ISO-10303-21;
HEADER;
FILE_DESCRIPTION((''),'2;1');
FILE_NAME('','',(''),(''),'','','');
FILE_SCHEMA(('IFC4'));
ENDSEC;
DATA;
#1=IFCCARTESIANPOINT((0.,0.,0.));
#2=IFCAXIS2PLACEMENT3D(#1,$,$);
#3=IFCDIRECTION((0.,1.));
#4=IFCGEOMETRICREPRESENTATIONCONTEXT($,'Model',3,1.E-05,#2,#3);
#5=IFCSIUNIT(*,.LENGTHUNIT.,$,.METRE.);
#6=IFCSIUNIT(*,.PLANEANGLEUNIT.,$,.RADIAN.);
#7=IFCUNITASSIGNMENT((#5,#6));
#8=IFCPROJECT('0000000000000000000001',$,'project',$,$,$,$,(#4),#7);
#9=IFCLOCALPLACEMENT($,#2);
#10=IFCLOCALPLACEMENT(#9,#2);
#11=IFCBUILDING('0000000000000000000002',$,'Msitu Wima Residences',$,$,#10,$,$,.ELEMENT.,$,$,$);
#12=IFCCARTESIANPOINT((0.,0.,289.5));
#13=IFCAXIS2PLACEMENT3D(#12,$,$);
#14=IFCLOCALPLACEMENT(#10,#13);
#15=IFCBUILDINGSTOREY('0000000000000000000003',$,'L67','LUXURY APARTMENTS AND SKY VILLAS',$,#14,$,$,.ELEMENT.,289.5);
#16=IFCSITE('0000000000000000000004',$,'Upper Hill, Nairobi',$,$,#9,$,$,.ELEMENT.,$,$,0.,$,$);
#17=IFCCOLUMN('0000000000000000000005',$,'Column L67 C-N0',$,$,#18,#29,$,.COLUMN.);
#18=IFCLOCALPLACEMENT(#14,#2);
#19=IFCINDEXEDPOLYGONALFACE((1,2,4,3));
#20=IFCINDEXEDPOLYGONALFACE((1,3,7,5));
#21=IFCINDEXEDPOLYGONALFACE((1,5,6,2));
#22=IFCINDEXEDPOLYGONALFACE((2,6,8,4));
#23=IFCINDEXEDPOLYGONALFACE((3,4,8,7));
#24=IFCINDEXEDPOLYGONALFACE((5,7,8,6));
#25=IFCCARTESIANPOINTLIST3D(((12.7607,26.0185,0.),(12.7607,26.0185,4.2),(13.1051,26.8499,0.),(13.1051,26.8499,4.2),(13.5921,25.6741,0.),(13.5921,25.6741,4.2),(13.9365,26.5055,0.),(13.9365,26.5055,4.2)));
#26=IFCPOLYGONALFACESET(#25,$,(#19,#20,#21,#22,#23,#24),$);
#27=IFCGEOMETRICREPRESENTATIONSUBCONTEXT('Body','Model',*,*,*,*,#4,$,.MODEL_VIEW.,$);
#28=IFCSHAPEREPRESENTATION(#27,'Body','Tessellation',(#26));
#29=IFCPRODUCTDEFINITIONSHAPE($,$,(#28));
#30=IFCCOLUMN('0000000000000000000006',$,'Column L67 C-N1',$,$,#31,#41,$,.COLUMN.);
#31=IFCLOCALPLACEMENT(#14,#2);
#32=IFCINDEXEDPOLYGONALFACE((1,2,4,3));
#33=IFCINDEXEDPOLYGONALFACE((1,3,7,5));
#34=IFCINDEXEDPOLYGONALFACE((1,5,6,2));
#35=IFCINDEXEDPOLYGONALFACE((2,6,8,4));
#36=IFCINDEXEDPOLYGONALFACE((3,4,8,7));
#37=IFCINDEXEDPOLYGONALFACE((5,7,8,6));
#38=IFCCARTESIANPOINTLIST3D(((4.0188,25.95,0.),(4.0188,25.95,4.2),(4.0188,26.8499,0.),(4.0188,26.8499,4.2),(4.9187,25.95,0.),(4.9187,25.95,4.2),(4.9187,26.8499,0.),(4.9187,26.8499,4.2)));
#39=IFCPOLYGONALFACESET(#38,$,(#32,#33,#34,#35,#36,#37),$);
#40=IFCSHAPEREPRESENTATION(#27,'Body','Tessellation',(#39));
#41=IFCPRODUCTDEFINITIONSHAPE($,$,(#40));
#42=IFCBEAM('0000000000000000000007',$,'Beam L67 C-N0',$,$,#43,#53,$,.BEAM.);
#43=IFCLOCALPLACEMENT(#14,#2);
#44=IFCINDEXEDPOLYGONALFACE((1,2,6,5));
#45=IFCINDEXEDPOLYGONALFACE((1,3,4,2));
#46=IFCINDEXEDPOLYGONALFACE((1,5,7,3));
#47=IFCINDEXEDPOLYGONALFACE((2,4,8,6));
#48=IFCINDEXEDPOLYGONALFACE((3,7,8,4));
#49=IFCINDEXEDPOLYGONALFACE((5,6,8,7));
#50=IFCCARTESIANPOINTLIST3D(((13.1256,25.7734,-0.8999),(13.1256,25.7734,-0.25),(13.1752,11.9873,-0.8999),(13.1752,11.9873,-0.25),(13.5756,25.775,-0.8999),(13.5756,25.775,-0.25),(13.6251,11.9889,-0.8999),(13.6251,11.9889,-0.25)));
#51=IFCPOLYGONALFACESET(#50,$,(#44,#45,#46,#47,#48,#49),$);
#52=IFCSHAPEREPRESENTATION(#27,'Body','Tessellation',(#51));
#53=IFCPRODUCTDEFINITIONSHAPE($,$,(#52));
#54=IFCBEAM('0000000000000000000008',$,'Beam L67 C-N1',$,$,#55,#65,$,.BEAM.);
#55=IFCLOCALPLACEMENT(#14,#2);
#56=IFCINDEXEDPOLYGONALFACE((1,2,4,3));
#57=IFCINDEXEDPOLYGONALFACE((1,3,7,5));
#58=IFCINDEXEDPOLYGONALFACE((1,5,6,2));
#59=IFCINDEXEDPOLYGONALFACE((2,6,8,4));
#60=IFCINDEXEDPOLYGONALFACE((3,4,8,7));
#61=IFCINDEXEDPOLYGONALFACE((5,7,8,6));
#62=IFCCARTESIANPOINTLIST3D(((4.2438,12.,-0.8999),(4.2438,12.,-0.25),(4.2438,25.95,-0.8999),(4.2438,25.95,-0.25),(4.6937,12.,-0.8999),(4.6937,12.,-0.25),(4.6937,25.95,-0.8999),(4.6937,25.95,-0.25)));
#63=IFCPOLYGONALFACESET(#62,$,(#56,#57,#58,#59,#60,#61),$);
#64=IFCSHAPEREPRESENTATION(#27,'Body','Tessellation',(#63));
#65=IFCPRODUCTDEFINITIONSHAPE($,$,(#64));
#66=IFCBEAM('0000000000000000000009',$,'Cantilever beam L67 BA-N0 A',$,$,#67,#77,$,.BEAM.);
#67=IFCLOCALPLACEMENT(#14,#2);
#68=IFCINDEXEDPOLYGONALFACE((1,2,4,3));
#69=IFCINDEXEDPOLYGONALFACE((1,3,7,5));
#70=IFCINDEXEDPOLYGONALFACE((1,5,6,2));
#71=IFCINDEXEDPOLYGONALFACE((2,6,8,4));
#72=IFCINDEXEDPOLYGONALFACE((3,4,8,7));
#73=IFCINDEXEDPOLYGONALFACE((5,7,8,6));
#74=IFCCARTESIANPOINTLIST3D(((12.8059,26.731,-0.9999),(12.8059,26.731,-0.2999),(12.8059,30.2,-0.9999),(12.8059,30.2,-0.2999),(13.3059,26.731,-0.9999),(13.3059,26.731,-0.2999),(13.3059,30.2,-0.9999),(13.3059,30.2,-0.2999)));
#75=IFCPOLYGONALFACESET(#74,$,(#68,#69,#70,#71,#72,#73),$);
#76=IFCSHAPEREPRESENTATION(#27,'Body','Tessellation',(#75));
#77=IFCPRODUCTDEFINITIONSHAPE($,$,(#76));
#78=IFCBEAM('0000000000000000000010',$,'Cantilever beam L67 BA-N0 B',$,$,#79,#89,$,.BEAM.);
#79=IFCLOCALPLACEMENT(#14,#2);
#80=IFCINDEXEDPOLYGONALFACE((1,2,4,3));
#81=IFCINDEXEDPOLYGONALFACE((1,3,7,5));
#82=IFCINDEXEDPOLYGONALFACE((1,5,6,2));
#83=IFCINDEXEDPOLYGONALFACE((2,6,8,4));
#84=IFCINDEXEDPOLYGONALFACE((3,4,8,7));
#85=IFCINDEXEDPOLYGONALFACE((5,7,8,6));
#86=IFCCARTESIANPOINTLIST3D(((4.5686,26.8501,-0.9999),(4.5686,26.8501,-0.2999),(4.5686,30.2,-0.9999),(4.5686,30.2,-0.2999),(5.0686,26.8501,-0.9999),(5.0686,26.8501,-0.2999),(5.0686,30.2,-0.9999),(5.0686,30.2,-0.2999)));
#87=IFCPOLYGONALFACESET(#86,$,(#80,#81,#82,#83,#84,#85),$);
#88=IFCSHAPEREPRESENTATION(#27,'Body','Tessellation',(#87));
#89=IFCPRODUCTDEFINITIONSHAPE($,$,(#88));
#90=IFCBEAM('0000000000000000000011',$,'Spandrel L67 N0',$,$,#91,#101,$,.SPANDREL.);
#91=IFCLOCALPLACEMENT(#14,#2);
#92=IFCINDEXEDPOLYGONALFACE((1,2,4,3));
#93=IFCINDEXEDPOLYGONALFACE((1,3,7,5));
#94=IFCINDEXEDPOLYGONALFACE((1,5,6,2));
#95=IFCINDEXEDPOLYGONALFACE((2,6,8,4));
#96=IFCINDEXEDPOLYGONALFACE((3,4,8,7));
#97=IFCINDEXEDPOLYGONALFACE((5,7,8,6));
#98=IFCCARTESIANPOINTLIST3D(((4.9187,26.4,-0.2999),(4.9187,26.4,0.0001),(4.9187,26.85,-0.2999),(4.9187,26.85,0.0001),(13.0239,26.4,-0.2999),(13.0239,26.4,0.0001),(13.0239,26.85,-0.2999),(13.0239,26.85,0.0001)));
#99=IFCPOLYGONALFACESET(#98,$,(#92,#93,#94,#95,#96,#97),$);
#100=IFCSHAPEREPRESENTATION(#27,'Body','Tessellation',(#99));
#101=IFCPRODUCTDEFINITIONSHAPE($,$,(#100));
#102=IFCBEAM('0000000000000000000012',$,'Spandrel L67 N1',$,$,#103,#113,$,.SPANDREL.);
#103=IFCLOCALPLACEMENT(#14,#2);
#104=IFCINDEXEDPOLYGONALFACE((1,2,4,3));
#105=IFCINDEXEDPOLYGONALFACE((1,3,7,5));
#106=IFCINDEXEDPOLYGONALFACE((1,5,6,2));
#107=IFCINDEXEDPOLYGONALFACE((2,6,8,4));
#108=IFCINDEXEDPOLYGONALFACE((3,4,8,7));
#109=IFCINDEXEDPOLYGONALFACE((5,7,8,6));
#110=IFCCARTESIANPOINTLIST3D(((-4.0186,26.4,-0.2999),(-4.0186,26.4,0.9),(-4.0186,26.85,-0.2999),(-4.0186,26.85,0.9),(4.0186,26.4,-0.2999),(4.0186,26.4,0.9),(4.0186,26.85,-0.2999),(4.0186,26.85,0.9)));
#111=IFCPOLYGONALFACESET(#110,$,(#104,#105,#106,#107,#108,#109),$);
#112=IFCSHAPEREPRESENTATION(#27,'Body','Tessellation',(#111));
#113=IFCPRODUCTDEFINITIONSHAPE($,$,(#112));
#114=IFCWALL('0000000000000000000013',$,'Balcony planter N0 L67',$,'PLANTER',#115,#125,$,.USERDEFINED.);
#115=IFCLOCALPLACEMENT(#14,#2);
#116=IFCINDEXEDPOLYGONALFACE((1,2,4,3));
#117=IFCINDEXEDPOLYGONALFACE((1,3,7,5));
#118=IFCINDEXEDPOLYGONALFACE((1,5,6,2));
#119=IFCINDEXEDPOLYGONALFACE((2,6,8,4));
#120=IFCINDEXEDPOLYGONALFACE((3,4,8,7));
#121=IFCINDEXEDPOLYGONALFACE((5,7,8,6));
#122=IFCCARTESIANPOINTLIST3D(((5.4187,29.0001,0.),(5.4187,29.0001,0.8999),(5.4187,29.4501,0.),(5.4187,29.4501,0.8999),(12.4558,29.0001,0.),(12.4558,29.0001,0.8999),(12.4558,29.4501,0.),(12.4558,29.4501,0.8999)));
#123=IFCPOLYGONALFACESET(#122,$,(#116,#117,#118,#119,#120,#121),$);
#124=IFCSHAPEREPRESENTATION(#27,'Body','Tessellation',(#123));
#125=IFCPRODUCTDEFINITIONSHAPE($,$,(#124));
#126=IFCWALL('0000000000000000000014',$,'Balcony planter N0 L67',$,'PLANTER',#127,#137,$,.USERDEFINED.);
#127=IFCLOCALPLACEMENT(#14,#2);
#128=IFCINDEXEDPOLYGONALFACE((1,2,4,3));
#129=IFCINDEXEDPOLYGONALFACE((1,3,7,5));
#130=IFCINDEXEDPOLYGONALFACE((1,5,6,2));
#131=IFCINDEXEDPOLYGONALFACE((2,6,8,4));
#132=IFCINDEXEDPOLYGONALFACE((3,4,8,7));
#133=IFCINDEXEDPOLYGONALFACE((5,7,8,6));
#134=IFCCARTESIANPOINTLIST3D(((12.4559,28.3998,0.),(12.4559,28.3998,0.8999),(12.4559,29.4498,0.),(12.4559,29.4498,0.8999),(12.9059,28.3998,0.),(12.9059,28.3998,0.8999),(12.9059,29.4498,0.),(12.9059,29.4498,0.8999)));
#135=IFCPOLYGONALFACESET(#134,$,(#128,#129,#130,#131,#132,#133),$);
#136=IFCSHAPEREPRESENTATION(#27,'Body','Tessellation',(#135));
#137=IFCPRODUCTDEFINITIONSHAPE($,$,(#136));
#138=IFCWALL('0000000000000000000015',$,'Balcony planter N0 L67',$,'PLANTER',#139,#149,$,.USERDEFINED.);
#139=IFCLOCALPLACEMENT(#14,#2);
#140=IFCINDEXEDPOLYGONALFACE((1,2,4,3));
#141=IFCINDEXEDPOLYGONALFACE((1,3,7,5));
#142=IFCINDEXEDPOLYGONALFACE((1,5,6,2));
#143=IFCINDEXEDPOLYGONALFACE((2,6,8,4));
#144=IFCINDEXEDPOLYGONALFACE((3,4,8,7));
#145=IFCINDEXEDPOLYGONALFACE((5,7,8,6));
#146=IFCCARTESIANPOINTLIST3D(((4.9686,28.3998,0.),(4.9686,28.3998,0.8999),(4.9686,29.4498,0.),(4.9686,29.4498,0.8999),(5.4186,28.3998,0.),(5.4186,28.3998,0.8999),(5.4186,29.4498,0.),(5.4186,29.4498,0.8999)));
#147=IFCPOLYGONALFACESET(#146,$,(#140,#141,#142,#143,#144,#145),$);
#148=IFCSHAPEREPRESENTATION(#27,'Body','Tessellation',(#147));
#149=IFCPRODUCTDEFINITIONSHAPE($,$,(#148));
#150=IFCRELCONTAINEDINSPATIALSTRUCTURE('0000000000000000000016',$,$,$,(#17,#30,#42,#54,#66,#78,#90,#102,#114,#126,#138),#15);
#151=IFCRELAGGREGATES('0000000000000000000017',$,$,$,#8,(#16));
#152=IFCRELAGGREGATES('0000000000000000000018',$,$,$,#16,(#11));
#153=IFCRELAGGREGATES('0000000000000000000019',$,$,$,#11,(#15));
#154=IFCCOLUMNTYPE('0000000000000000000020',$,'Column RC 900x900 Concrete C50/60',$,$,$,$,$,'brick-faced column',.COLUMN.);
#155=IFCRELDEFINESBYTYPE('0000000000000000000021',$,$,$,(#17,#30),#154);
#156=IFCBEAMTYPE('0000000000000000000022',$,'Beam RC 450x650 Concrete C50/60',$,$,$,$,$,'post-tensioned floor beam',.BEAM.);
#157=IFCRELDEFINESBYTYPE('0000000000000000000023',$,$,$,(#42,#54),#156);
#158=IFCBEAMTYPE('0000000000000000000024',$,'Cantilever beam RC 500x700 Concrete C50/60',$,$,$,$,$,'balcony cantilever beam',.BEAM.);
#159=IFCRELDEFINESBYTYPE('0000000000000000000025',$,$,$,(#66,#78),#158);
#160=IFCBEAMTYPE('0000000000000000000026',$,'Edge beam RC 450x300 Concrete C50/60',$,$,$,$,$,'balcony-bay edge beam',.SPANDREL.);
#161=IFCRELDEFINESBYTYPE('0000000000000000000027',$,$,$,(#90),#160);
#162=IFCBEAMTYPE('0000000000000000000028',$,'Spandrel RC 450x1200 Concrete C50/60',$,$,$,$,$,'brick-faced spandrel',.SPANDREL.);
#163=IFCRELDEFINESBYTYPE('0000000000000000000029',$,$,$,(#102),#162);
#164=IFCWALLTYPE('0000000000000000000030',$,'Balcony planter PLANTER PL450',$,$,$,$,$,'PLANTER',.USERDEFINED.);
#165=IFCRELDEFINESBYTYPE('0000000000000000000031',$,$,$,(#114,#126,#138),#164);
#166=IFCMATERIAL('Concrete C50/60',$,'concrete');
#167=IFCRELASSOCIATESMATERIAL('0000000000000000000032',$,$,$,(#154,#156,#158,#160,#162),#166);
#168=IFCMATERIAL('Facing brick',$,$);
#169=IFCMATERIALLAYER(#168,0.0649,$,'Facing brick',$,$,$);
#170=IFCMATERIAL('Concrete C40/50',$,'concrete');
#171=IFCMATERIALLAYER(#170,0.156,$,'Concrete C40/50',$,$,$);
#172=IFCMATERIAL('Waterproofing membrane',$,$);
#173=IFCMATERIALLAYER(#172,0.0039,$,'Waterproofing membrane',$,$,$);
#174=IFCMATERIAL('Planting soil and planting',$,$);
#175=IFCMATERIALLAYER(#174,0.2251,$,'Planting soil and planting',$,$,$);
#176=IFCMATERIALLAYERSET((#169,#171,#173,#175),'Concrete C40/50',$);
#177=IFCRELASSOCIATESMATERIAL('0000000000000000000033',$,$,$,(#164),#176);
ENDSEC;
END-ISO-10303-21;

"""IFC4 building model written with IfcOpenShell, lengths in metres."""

from ifc_helpers import new_model, si_unit, direction, frame, frame_2d, origin, origin_2d, place, context, subcontext, project, spatial, rectangle, extrude, material, layer, layer_set, material_profile, profile_set, type_object, element, save


model = new_model("IFC4")

# Units and contexts
model_context = context("Model", 3, precision=1e-05, world=origin(), true_north=direction((0.0, 1.0)))
body_context = subcontext(model_context, "Body", "Model", "MODEL_VIEW")
ifc_project = project(units=[si_unit("LENGTHUNIT", "METRE"), si_unit("PLANEANGLEUNIT", "RADIAN")], contexts=[model_context])

# Site, building, storey
site_placement = place(None, origin())
site = spatial("IfcSite", under=ifc_project, at=site_placement, Name="Upper Hill, Nairobi", CompositionType="ELEMENT", RefElevation=0.0)
building_placement = place(site_placement, origin())
building = spatial("IfcBuilding", under=site, at=building_placement, Name="Msitu Wima Residences", CompositionType="ELEMENT")
storey_placement = place(building_placement, frame((0.0, 0.0, 289.5)))
storey = spatial("IfcBuildingStorey", under=building, at=storey_placement, Name="L67", Description="LUXURY APARTMENTS AND SKY VILLAS", CompositionType="ELEMENT", Elevation=289.5)

# Columns
ifc_material_1 = material(Name="Concrete C50/60", Category="concrete")
ifc_material_profile_1 = material_profile(ifc_material_1, rectangle(XDim=0.8999, YDim=0.8999, at=origin_2d()), Name="RC 900x900")
ifc_profile_set_1 = profile_set([ifc_material_profile_1], Name="Concrete C50/60")
column_type = type_object("IfcColumnType", Name="Column RC 900x900 Concrete C50/60", ElementType="brick-faced column", PredefinedType="COLUMN", material=ifc_profile_set_1)
for number, where, z_axis, x_axis, name in (
    (1, (13.3486, 26.262, 0.0), (0.0, 0.0, 1.0), (-0.92388, 0.382683, 0.0), "Column L67 C-N0"),
    (2, (4.4688, 26.3999, 0.0), (0.0, 0.0, 1.0), (-1.0, 0.0, 0.0), "Column L67 C-N1"),
):
    element("IfcColumn", number, at=place(storey_placement, frame(where, z_axis=z_axis, x_axis=x_axis)), inside=storey, type_object=column_type, Name=name, PredefinedType="COLUMN", context=body_context, shape_type="SweptSolid", body=[
        extrude(rectangle(XDim=0.8999, YDim=0.8999, at=origin_2d()), origin(), (0.0, 0.0, 1.0), 4.2),
    ])

# Beams
ifc_material_profile_2 = material_profile(ifc_material_1, rectangle(XDim=0.45, YDim=0.6499, at=origin_2d()), Name="RC 450x650")
ifc_profile_set_2 = profile_set([ifc_material_profile_2], Name="Concrete C50/60")
beam_type_1 = type_object("IfcBeamType", Name="Beam RC 450x650 Concrete C50/60", ElementType="post-tensioned floor beam", PredefinedType="BEAM", material=ifc_profile_set_2)
beam_1_placement = place(storey_placement, frame((13.3506, 25.7742, -0.575), z_axis=(0.003595, -0.999994, 0.0), x_axis=(0.999994, 0.003595, 0.0)))
element("IfcBeam", 3, at=beam_1_placement, inside=storey, type_object=beam_type_1, Name="Beam L67 C-N0", PredefinedType="BEAM", context=body_context, shape_type="SweptSolid", body=[
    extrude(rectangle(XDim=0.45, YDim=0.6499, at=origin_2d()), origin(), (0.0, 0.0, 1.0), 13.7861),
])
beam_2_placement = place(storey_placement, frame((4.4688, 25.95, -0.575), z_axis=(0.0, -1.0, 0.0), x_axis=(1.0, 0.0, 0.0)))
element("IfcBeam", 4, at=beam_2_placement, inside=storey, type_object=beam_type_1, Name="Beam L67 C-N1", PredefinedType="BEAM", context=body_context, shape_type="SweptSolid", body=[
    extrude(rectangle(XDim=0.45, YDim=0.6499, at=origin_2d()), origin(), (0.0, 0.0, 1.0), 13.95),
])
ifc_material_profile_3 = material_profile(ifc_material_1, rectangle(XDim=0.5, YDim=0.7, at=origin_2d()), Name="RC 500x700")
ifc_profile_set_3 = profile_set([ifc_material_profile_3], Name="Concrete C50/60")
beam_type_2 = type_object("IfcBeamType", Name="Cantilever beam RC 500x700 Concrete C50/60", ElementType="balcony cantilever beam", PredefinedType="BEAM", material=ifc_profile_set_3)
beam_3_placement = place(storey_placement, frame((13.0559, 26.731, -0.6499), z_axis=(0.0, 1.0, 0.0), x_axis=(-1.0, 0.0, 0.0)))
element("IfcBeam", 5, at=beam_3_placement, inside=storey, type_object=beam_type_2, Name="Cantilever beam L67 BA-N0 A", PredefinedType="BEAM", context=body_context, shape_type="SweptSolid", body=[
    extrude(rectangle(XDim=0.5, YDim=0.7, at=origin_2d()), origin(), (0.0, 0.0, 1.0), 3.469),
])
beam_4_placement = place(storey_placement, frame((4.8186, 26.8501, -0.6499), z_axis=(0.0, 1.0, 0.0), x_axis=(-1.0, 0.0, 0.0)))
element("IfcBeam", 6, at=beam_4_placement, inside=storey, type_object=beam_type_2, Name="Cantilever beam L67 BA-N0 B", PredefinedType="BEAM", context=body_context, shape_type="SweptSolid", body=[
    extrude(rectangle(XDim=0.5, YDim=0.7, at=origin_2d()), origin(), (0.0, 0.0, 1.0), 3.3499),
])
ifc_material_profile_4 = material_profile(ifc_material_1, rectangle(XDim=0.45, YDim=0.3, at=origin_2d()), Name="RC 450x300")
ifc_profile_set_4 = profile_set([ifc_material_profile_4], Name="Concrete C50/60")
beam_type_3 = type_object("IfcBeamType", Name="Edge beam RC 450x300 Concrete C50/60", ElementType="balcony-bay edge beam", PredefinedType="SPANDREL", material=ifc_profile_set_4)
beam_5_placement = place(storey_placement, frame((13.0239, 26.625, -0.1499), z_axis=(-1.0, 0.0, 0.0), x_axis=(0.0, -1.0, 0.0)))
element("IfcBeam", 7, at=beam_5_placement, inside=storey, type_object=beam_type_3, Name="Spandrel L67 N0", PredefinedType="SPANDREL", context=body_context, shape_type="SweptSolid", body=[
    extrude(rectangle(XDim=0.45, YDim=0.3, at=origin_2d()), origin(), (0.0, 0.0, 1.0), 8.1052),
])
ifc_material_profile_5 = material_profile(ifc_material_1, rectangle(XDim=0.45, YDim=1.2, at=origin_2d()), Name="RC 450x1200")
ifc_profile_set_5 = profile_set([ifc_material_profile_5], Name="Concrete C50/60")
beam_type_4 = type_object("IfcBeamType", Name="Spandrel RC 450x1200 Concrete C50/60", ElementType="brick-faced spandrel", PredefinedType="SPANDREL", material=ifc_profile_set_5)
beam_6_placement = place(storey_placement, frame((4.0186, 26.625, 0.3), z_axis=(-1.0, 0.0, 0.0), x_axis=(0.0, -1.0, 0.0)))
element("IfcBeam", 8, at=beam_6_placement, inside=storey, type_object=beam_type_4, Name="Spandrel L67 N1", PredefinedType="SPANDREL", context=body_context, shape_type="SweptSolid", body=[
    extrude(rectangle(XDim=0.45, YDim=1.2, at=origin_2d()), origin(), (0.0, 0.0, 1.0), 8.0371),
])

# Walls
ifc_material_2 = material(Name="Facing brick")
ifc_layer_1 = layer(ifc_material_2, 0.0649, Name="Facing brick")
ifc_material_3 = material(Name="Concrete C40/50", Category="concrete")
ifc_layer_2 = layer(ifc_material_3, 0.156, Name="Concrete C40/50")
ifc_material_4 = material(Name="Waterproofing membrane")
ifc_layer_3 = layer(ifc_material_4, 0.0039, Name="Waterproofing membrane")
ifc_material_5 = material(Name="Planting soil and planting")
ifc_layer_4 = layer(ifc_material_5, 0.2251, Name="Planting soil and planting")
ifc_layer_set_1 = layer_set([ifc_layer_1, ifc_layer_2, ifc_layer_3, ifc_layer_4], Name="Concrete C40/50")
wall_type_1 = type_object("IfcWallType", Name="Balcony planter PLANTER PL450", ElementType="PLANTER", PredefinedType="USERDEFINED", material=ifc_layer_set_1)
wall_1_placement = place(storey_placement, frame((12.4558, 29.2251, 0.0), z_axis=(0.0, 0.0, 1.0), x_axis=(-1.0, 0.0, 0.0)))
element("IfcWall", 9, at=wall_1_placement, inside=storey, type_object=wall_type_1, Name="Balcony planter N0 L67", ObjectType="PLANTER", PredefinedType="USERDEFINED", context=body_context, shape_type="SweptSolid", body=[
    extrude(rectangle(XDim=7.0371, YDim=0.45, at=frame_2d((3.5186, 0.0))), origin(), (0.0, 0.0, 1.0), 0.8999),
])
for number, where, z_axis, x_axis, name in (
    (10, (12.6809, 28.3999, 0.0), (0.0, 0.0, 1.0), (0.0, 1.0, 0.0), "Balcony planter N0 L67"),
    (11, (5.1936, 28.3999, 0.0), (0.0, 0.0, 1.0), (0.0, 1.0, 0.0), "Balcony planter N0 L67"),
):
    element("IfcWall", number, at=place(storey_placement, frame(where, z_axis=z_axis, x_axis=x_axis)), inside=storey, type_object=wall_type_1, Name=name, ObjectType="PLANTER", PredefinedType="USERDEFINED", context=body_context, shape_type="SweptSolid", body=[
        extrude(rectangle(XDim=1.05, YDim=0.45, at=frame_2d((0.5249, 0.0))), origin(), (0.0, 0.0, 1.0), 0.8999),
    ])

save(model, "model.ifc")
